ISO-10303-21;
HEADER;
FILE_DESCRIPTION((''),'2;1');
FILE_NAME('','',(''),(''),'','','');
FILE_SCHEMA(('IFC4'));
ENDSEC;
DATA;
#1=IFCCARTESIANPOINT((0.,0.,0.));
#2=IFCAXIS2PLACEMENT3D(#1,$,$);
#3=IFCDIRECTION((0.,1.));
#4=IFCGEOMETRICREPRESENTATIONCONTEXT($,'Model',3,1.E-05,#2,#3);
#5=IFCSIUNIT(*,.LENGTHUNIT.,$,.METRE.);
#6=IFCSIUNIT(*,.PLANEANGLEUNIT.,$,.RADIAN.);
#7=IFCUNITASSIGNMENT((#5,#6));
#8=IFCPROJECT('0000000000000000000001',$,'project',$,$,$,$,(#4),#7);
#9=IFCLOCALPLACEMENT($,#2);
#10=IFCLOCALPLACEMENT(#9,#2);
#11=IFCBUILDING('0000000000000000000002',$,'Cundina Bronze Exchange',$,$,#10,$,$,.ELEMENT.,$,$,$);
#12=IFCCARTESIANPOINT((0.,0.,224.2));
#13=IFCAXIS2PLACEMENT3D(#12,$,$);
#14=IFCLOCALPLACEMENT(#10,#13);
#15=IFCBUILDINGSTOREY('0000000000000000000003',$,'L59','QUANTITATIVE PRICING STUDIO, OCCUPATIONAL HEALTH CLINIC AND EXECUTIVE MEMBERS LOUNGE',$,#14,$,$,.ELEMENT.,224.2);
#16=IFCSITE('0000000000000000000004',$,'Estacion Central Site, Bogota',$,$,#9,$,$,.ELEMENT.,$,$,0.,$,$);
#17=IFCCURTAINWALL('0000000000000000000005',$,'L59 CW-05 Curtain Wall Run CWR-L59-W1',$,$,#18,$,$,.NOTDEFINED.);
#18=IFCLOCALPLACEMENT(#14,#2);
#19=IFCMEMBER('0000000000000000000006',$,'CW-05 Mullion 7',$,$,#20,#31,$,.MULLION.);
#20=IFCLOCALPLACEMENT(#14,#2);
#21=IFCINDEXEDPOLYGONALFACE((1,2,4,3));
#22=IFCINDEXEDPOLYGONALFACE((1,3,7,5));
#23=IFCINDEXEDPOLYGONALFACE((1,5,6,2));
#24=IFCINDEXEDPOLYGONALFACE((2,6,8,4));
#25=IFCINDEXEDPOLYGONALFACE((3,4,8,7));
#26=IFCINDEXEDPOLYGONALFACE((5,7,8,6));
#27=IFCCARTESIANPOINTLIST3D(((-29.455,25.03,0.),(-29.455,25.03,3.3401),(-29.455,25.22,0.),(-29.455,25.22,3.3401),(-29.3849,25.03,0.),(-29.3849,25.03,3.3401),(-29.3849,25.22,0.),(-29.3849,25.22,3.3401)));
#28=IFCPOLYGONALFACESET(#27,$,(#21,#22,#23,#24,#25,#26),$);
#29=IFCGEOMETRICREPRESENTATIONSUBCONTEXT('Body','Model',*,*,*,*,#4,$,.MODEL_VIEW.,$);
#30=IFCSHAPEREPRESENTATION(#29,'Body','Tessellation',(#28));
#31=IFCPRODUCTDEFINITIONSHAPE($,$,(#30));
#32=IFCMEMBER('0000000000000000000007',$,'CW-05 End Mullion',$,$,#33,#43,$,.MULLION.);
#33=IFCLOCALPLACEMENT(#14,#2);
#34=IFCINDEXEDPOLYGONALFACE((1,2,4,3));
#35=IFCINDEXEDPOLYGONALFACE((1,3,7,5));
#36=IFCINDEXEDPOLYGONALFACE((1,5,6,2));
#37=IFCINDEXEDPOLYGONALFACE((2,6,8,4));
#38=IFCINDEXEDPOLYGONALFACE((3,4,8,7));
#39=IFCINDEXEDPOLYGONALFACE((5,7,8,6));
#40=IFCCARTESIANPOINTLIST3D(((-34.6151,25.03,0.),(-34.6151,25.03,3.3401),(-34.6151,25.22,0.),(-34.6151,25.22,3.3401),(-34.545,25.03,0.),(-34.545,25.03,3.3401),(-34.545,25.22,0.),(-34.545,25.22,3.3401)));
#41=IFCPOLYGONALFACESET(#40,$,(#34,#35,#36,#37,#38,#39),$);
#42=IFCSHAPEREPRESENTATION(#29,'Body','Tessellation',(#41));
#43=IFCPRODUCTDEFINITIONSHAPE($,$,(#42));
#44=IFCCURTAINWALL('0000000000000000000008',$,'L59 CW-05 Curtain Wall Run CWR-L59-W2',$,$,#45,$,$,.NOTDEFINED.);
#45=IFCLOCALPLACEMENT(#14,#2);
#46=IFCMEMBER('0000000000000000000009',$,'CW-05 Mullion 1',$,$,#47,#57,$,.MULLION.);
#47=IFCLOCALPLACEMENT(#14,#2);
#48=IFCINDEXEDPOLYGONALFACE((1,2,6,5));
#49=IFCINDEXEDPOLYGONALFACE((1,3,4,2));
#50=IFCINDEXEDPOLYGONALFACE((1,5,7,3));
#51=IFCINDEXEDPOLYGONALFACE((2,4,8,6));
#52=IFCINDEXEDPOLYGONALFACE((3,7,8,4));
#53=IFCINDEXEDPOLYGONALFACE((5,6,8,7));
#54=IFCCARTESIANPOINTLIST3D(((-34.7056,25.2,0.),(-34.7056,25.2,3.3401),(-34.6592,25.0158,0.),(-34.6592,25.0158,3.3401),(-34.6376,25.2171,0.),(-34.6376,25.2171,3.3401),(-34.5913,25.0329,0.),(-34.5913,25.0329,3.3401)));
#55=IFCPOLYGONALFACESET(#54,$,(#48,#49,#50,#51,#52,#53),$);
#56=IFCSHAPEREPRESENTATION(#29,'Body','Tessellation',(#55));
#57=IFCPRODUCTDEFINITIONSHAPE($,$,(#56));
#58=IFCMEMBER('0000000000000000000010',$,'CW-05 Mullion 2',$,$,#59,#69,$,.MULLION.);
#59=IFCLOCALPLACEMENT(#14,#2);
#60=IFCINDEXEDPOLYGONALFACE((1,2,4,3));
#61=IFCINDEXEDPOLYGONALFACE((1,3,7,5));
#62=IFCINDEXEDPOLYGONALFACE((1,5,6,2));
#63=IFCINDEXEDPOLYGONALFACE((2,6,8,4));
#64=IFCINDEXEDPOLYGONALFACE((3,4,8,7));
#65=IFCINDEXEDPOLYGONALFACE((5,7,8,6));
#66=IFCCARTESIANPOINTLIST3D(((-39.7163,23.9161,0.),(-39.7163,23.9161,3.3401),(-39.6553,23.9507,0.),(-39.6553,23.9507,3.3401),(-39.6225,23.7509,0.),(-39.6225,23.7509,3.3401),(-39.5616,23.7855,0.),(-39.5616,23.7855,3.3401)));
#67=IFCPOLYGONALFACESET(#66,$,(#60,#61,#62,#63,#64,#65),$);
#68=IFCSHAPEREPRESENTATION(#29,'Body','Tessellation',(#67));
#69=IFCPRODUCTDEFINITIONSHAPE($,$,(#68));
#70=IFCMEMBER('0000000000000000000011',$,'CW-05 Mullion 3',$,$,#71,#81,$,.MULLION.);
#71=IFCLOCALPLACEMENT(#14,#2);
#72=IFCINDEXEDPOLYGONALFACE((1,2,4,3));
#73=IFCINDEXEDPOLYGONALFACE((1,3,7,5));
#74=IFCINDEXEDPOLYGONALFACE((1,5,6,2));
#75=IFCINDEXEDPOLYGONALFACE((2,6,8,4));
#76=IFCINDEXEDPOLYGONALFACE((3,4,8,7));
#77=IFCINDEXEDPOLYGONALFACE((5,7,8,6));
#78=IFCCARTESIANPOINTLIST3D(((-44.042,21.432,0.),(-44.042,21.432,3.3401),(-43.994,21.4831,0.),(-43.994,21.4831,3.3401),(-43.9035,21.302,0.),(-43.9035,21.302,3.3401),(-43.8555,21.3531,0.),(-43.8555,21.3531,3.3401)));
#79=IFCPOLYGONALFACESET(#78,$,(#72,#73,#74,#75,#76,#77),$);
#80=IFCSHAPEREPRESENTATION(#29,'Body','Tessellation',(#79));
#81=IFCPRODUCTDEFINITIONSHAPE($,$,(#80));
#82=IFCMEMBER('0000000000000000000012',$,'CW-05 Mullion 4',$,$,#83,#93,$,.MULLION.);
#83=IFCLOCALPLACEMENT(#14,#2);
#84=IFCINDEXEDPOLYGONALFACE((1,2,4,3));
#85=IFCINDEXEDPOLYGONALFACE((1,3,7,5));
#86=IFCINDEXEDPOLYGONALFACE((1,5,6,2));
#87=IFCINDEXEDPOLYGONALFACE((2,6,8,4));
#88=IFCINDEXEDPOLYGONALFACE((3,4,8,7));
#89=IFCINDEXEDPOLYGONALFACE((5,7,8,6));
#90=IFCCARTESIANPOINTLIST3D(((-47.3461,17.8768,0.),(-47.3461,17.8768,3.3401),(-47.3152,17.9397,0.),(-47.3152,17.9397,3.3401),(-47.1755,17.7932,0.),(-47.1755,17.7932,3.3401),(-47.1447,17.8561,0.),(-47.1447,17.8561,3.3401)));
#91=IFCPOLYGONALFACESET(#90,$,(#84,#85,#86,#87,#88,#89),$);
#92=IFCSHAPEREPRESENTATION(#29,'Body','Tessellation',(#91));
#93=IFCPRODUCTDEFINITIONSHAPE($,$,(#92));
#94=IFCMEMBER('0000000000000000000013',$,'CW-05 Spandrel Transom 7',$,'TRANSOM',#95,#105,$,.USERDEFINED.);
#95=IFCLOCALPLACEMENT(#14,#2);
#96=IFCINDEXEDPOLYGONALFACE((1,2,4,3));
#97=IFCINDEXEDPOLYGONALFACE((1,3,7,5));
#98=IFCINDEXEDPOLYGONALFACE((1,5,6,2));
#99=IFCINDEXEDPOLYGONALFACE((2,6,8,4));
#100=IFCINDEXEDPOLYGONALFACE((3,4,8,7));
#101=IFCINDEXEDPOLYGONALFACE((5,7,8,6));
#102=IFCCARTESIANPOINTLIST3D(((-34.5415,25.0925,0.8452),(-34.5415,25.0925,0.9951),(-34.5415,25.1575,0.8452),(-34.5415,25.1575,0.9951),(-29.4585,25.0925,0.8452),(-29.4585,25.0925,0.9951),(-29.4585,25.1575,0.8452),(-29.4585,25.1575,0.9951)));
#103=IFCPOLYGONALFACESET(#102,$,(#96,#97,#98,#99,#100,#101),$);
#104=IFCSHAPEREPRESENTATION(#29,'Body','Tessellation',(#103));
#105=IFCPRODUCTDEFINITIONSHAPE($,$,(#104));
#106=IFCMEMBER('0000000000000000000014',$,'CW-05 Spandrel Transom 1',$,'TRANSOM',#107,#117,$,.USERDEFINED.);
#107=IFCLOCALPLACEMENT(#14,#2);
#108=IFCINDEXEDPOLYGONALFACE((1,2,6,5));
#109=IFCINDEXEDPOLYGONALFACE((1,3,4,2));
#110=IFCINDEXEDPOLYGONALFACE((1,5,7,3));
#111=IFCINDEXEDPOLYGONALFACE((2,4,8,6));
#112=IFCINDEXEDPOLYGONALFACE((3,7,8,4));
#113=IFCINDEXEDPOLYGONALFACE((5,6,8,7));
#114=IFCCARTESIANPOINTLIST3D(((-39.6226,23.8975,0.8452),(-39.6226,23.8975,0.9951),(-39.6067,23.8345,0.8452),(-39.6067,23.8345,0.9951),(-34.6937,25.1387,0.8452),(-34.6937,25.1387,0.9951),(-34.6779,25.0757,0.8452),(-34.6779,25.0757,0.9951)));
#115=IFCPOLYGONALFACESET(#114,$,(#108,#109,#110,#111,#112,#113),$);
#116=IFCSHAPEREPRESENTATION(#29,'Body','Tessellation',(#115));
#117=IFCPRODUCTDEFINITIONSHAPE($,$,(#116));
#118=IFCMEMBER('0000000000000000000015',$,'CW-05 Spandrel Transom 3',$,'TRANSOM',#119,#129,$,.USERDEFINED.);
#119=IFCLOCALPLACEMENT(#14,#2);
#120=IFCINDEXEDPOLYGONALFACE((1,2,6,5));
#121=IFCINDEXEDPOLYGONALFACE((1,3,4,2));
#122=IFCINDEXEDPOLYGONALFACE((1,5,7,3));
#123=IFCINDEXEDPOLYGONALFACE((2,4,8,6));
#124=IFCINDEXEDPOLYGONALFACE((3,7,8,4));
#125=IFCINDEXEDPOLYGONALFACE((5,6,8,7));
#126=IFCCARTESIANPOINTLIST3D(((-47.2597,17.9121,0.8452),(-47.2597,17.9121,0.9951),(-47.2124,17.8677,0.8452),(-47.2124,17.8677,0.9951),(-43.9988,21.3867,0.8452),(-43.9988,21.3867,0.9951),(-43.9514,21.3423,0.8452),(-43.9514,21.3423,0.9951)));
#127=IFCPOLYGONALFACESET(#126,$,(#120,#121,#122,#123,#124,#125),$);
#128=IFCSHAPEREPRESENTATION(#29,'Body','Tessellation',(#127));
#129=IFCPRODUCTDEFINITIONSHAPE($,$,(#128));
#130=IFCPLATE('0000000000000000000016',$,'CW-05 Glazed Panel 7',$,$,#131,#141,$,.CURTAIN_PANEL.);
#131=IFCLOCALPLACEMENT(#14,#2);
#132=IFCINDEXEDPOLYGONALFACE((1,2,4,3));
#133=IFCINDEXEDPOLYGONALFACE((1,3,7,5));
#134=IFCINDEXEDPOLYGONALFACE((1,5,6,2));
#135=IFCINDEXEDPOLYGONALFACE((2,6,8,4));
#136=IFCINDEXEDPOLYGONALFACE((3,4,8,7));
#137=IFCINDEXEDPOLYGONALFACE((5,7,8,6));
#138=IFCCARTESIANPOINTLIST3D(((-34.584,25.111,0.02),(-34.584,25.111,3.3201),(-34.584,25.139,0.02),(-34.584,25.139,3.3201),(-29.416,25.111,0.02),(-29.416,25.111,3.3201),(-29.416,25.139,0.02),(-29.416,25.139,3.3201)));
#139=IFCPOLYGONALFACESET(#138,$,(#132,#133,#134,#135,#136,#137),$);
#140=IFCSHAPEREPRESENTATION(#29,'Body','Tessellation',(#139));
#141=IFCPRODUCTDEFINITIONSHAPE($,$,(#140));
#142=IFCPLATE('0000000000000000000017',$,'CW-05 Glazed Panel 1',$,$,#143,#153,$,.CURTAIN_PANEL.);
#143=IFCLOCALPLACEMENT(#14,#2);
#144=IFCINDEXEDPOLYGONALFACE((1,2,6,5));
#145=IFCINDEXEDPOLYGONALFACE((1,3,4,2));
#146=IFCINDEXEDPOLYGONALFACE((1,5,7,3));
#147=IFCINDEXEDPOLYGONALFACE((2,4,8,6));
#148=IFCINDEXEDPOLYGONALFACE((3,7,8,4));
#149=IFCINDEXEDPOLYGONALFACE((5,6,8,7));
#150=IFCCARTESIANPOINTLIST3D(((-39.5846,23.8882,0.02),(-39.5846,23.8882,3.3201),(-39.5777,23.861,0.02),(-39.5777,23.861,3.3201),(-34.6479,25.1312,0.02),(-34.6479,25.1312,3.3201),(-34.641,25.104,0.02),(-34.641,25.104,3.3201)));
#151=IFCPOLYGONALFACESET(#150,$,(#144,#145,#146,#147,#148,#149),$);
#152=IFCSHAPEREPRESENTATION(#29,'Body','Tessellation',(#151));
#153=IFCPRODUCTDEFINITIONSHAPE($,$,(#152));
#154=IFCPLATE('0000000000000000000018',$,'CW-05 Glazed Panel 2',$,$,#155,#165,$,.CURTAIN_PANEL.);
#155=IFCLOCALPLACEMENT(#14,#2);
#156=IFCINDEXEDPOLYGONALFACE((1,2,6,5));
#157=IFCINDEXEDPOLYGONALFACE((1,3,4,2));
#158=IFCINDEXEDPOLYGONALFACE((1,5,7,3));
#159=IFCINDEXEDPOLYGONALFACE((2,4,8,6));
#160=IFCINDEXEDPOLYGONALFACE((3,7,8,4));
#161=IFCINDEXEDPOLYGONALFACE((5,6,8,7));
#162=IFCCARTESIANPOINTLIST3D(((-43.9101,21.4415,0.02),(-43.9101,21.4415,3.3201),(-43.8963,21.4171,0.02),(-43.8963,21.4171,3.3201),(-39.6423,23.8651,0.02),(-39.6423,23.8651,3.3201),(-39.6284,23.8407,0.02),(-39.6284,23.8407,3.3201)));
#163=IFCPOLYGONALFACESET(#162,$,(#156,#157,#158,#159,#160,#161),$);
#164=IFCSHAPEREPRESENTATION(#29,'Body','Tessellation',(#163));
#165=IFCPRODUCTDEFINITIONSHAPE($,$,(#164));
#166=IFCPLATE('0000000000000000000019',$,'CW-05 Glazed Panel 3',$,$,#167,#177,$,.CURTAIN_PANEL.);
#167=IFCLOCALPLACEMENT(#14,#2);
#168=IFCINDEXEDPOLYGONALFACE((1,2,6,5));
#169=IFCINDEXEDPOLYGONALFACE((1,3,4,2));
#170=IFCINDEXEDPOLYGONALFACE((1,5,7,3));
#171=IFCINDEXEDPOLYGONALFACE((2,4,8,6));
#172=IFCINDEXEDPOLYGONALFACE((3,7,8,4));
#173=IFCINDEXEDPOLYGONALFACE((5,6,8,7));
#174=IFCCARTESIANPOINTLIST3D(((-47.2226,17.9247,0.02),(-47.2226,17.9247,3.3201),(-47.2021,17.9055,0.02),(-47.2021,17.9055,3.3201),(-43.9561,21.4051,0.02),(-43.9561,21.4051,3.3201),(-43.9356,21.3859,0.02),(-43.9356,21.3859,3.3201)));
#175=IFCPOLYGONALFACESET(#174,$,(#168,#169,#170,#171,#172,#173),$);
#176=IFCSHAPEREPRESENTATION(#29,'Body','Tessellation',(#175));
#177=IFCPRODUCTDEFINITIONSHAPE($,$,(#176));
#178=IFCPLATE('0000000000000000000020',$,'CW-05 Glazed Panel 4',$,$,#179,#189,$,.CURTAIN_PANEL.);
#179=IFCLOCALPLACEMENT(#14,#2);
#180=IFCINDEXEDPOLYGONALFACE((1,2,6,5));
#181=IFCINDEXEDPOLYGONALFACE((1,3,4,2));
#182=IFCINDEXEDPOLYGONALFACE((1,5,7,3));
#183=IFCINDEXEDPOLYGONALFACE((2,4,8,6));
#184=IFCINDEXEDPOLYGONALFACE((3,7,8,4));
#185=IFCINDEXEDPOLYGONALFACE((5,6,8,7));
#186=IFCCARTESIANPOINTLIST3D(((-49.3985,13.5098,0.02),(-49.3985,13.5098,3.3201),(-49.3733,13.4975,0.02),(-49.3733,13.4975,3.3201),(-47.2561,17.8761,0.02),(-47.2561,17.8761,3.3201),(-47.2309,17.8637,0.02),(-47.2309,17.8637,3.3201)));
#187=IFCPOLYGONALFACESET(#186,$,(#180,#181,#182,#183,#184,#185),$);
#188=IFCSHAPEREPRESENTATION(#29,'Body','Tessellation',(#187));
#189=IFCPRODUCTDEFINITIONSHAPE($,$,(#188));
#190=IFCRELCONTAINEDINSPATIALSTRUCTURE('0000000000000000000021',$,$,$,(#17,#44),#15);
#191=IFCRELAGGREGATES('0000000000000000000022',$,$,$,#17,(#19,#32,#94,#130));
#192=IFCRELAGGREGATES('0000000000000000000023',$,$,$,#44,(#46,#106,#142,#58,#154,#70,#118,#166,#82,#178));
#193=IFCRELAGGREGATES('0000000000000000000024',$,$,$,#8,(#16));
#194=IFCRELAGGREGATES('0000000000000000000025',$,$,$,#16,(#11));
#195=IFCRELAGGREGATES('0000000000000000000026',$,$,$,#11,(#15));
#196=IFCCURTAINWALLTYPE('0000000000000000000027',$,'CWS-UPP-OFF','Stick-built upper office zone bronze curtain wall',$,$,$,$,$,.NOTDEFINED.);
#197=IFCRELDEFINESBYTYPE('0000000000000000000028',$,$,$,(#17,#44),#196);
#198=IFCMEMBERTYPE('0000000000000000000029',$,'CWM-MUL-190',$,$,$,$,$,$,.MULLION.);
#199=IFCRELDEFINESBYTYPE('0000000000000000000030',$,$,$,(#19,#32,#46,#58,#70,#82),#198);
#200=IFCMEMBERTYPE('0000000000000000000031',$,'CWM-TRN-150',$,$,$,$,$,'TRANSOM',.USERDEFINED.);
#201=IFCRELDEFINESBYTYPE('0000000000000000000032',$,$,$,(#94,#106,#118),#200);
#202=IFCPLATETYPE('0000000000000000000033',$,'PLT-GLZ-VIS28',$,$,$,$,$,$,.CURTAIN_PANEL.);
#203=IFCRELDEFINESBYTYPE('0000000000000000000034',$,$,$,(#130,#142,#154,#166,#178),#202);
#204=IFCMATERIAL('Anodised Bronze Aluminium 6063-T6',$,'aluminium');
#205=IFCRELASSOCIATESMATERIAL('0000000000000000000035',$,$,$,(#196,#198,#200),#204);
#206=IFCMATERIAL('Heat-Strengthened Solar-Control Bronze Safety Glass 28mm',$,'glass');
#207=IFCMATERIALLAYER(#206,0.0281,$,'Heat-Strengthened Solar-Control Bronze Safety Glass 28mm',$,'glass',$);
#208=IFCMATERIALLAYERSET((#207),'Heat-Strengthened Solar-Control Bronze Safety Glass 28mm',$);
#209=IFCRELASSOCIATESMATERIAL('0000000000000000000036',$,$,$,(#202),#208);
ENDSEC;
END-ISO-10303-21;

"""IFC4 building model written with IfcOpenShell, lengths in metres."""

from ifc_helpers import new_model, si_unit, direction, frame, origin, origin_2d, place, context, subcontext, project, spatial, rectangle, extrude, material, layer, layer_set, material_profile, profile_set, type_object, element, aggregate, save


model = new_model("IFC4")

# Units and contexts
model_context = context("Model", 3, precision=1e-05, world=origin(), true_north=direction((0.0, 1.0)))
body_context = subcontext(model_context, "Body", "Model", "MODEL_VIEW")
ifc_project = project(units=[si_unit("LENGTHUNIT", "METRE"), si_unit("PLANEANGLEUNIT", "RADIAN")], contexts=[model_context])

# Site, building, storey
site_placement = place(None, origin())
site = spatial("IfcSite", under=ifc_project, at=site_placement, Name="Estacion Central Site, Bogota", CompositionType="ELEMENT", RefElevation=0.0)
building_placement = place(site_placement, origin())
building = spatial("IfcBuilding", under=site, at=building_placement, Name="Cundina Bronze Exchange", CompositionType="ELEMENT")
storey_placement = place(building_placement, frame((0.0, 0.0, 224.2)))
storey = spatial("IfcBuildingStorey", under=building, at=storey_placement, Name="L59", Description="QUANTITATIVE PRICING STUDIO, OCCUPATIONAL HEALTH CLINIC AND EXECUTIVE MEMBERS LOUNGE", CompositionType="ELEMENT", Elevation=224.2)

# Curtain walls, members
ifc_material_1 = material(Name="Anodised Bronze Aluminium 6063-T6", Category="aluminium")
curtain_wall_type = type_object("IfcCurtainWallType", Name="CWS-UPP-OFF", Description="Stick-built upper office zone bronze curtain wall", PredefinedType="NOTDEFINED", material=ifc_material_1)
curtain_wall_1_placement = place(storey_placement, origin())
curtain_wall_1 = element("IfcCurtainWall", 1, at=curtain_wall_1_placement, inside=storey, type_object=curtain_wall_type, Name="L59 CW-05 Curtain Wall Run CWR-L59-W1", PredefinedType="NOTDEFINED")
ifc_material_profile_1 = material_profile(ifc_material_1, rectangle(XDim=0.0701, YDim=0.1899, at=origin_2d()), Name="AL70X190", Category="aluminium")
ifc_profile_set_1 = profile_set([ifc_material_profile_1], Name="Anodised Bronze Aluminium 6063-T6")
member_type_1 = type_object("IfcMemberType", Name="CWM-MUL-190", PredefinedType="MULLION", material=ifc_profile_set_1)
member_1_placement = place(storey_placement, frame((-29.4199, 25.125, 0.0), z_axis=(0.0, 0.0, 1.0), x_axis=(-1.0, 0.0, 0.0)))
member_1 = element("IfcMember", 2, at=member_1_placement, type_object=member_type_1, Name="CW-05 Mullion 7", PredefinedType="MULLION", context=body_context, shape_type="SweptSolid", body=[
    extrude(rectangle(XDim=0.0701, YDim=0.1899, at=origin_2d()), origin(), (0.0, 0.0, 1.0), 3.3401),
])
member_2_placement = place(storey_placement, frame((-34.5801, 25.125, 0.0), z_axis=(0.0, 0.0, 1.0), x_axis=(-1.0, 0.0, 0.0)))
member_2 = element("IfcMember", 3, at=member_2_placement, type_object=member_type_1, Name="CW-05 End Mullion", PredefinedType="MULLION", context=body_context, shape_type="SweptSolid", body=[
    extrude(rectangle(XDim=0.0701, YDim=0.1899, at=origin_2d()), origin(), (0.0, 0.0, 1.0), 3.3401),
])
curtain_wall_2_placement = place(storey_placement, origin())
curtain_wall_2 = element("IfcCurtainWall", 4, at=curtain_wall_2_placement, inside=storey, type_object=curtain_wall_type, Name="L59 CW-05 Curtain Wall Run CWR-L59-W2", PredefinedType="NOTDEFINED")
member_3_placement = place(storey_placement, frame((-34.6484, 25.1165, 0.0), z_axis=(0.0, 0.0, 1.0), x_axis=(-0.969744, -0.244123, 0.0)))
member_3 = element("IfcMember", 5, at=member_3_placement, type_object=member_type_1, Name="CW-05 Mullion 1", PredefinedType="MULLION", context=body_context, shape_type="SweptSolid", body=[
    extrude(rectangle(XDim=0.0701, YDim=0.1899, at=origin_2d()), origin(), (0.0, 0.0, 1.0), 3.3401),
])
member_4_placement = place(storey_placement, frame((-39.6389, 23.8508, 0.0), z_axis=(0.0, 0.0, 1.0), x_axis=(-0.869581, -0.49379, 0.0)))
member_4 = element("IfcMember", 6, at=member_4_placement, type_object=member_type_1, Name="CW-05 Mullion 2", PredefinedType="MULLION", context=body_context, shape_type="SweptSolid", body=[
    extrude(rectangle(XDim=0.0701, YDim=0.1899, at=origin_2d()), origin(), (0.0, 0.0, 1.0), 3.3401),
])
member_5_placement = place(storey_placement, frame((-43.9487, 21.3926, 0.0), z_axis=(0.0, 0.0, 1.0), x_axis=(-0.684293, -0.729208, 0.0)))
member_5 = element("IfcMember", 7, at=member_5_placement, type_object=member_type_1, Name="CW-05 Mullion 3", PredefinedType="MULLION", context=body_context, shape_type="SweptSolid", body=[
    extrude(rectangle(XDim=0.0701, YDim=0.1899, at=origin_2d()), origin(), (0.0, 0.0, 1.0), 3.3401),
])
member_6_placement = place(storey_placement, frame((-47.2454, 17.8665, 0.0), z_axis=(0.0, 0.0, 1.0), x_axis=(-0.440566, -0.89772, 0.0)))
member_6 = element("IfcMember", 8, at=member_6_placement, type_object=member_type_1, Name="CW-05 Mullion 4", PredefinedType="MULLION", context=body_context, shape_type="SweptSolid", body=[
    extrude(rectangle(XDim=0.0701, YDim=0.1899, at=origin_2d()), origin(), (0.0, 0.0, 1.0), 3.3401),
])

# Members
ifc_material_profile_2 = material_profile(ifc_material_1, rectangle(XDim=0.0649, YDim=0.1499, at=origin_2d()), Name="AL65X150", Category="aluminium")
ifc_profile_set_2 = profile_set([ifc_material_profile_2], Name="Anodised Bronze Aluminium 6063-T6")
member_type_2 = type_object("IfcMemberType", Name="CWM-TRN-150", ElementType="TRANSOM", PredefinedType="USERDEFINED", material=ifc_profile_set_2)
member_7_placement = place(storey_placement, frame((-29.4585, 25.125, 0.9202), z_axis=(-1.0, 0.0, 0.0), x_axis=(0.0, -1.0, 0.0)))
member_7 = element("IfcMember", 9, at=member_7_placement, type_object=member_type_2, Name="CW-05 Spandrel Transom 7", ObjectType="TRANSOM", PredefinedType="USERDEFINED", context=body_context, shape_type="SweptSolid", body=[
    extrude(rectangle(XDim=0.0649, YDim=0.1499, at=origin_2d()), origin(), (0.0, 0.0, 1.0), 5.083),
])
member_8_placement = place(storey_placement, frame((-34.6858, 25.1072, 0.9202), z_axis=(-0.969726, -0.244197, 0.0), x_axis=(0.244197, -0.969726, 0.0)))
member_8 = element("IfcMember", 10, at=member_8_placement, type_object=member_type_2, Name="CW-05 Spandrel Transom 1", ObjectType="TRANSOM", PredefinedType="USERDEFINED", context=body_context, shape_type="SweptSolid", body=[
    extrude(rectangle(XDim=0.0649, YDim=0.1499, at=origin_2d()), origin(), (0.0, 0.0, 1.0), 5.0828),
])
member_9_placement = place(storey_placement, frame((-43.9751, 21.3645, 0.9202), z_axis=(-0.684336, -0.729166, 0.0), x_axis=(0.729166, -0.684336, 0.0)))
member_9 = element("IfcMember", 11, at=member_9_placement, type_object=member_type_2, Name="CW-05 Spandrel Transom 3", ObjectType="TRANSOM", PredefinedType="USERDEFINED", context=body_context, shape_type="SweptSolid", body=[
    extrude(rectangle(XDim=0.0649, YDim=0.1499, at=origin_2d()), origin(), (0.0, 0.0, 1.0), 4.7651),
])

# Plates
ifc_material_2 = material(Name="Heat-Strengthened Solar-Control Bronze Safety Glass 28mm", Category="glass")
ifc_layer_1 = layer(ifc_material_2, 0.0281, Name="Heat-Strengthened Solar-Control Bronze Safety Glass 28mm", Category="glass")
ifc_layer_set_1 = layer_set([ifc_layer_1], Name="Heat-Strengthened Solar-Control Bronze Safety Glass 28mm")
plate_type = type_object("IfcPlateType", Name="PLT-GLZ-VIS28", PredefinedType="CURTAIN_PANEL", material=ifc_layer_set_1)
plate_1_placement = place(storey_placement, frame((-32.0, 25.125, 0.02), z_axis=(0.0, 0.0, 1.0), x_axis=(-1.0, 0.0, 0.0)))
plate_1 = element("IfcPlate", 12, at=plate_1_placement, type_object=plate_type, Name="CW-05 Glazed Panel 7", PredefinedType="CURTAIN_PANEL", context=body_context, shape_type="SweptSolid", body=[
    extrude(rectangle(XDim=5.168, YDim=0.0281, at=origin_2d()), origin(), (0.0, 0.0, 1.0), 3.3),
])
aggregate(curtain_wall_1, [member_1, member_2, member_7, plate_1])
plate_2_placement = place(storey_placement, frame((-37.1128, 24.4961, 0.02), z_axis=(0.0, 0.0, 1.0), x_axis=(-0.969732, -0.244174, 0.0)))
plate_2 = element("IfcPlate", 13, at=plate_2_placement, type_object=plate_type, Name="CW-05 Glazed Panel 1", PredefinedType="CURTAIN_PANEL", context=body_context, shape_type="SweptSolid", body=[
    extrude(rectangle(XDim=5.0908, YDim=0.0281, at=origin_2d()), origin(), (0.0, 0.0, 1.0), 3.3),
])
plate_3_placement = place(storey_placement, frame((-41.7693, 22.6411, 0.02), z_axis=(0.0, 0.0, 1.0), x_axis=(-0.869573, -0.493805, 0.0)))
plate_3 = element("IfcPlate", 14, at=plate_3_placement, type_object=plate_type, Name="CW-05 Glazed Panel 2", PredefinedType="CURTAIN_PANEL", context=body_context, shape_type="SweptSolid", body=[
    extrude(rectangle(XDim=4.908, YDim=0.0281, at=origin_2d()), origin(), (0.0, 0.0, 1.0), 3.3),
])
plate_4_placement = place(storey_placement, frame((-45.5791, 19.6553, 0.02), z_axis=(0.0, 0.0, 1.0), x_axis=(-0.684344, -0.72916, 0.0)))
plate_4 = element("IfcPlate", 15, at=plate_4_placement, type_object=plate_type, Name="CW-05 Glazed Panel 3", PredefinedType="CURTAIN_PANEL", context=body_context, shape_type="SweptSolid", body=[
    extrude(rectangle(XDim=4.7732, YDim=0.0281, at=origin_2d()), origin(), (0.0, 0.0, 1.0), 3.3),
])
plate_5_placement = place(storey_placement, frame((-48.3147, 15.6868, 0.02), z_axis=(0.0, 0.0, 1.0), x_axis=(-0.440503, -0.897751, 0.0)))
plate_5 = element("IfcPlate", 16, at=plate_5_placement, type_object=plate_type, Name="CW-05 Glazed Panel 4", PredefinedType="CURTAIN_PANEL", context=body_context, shape_type="SweptSolid", body=[
    extrude(rectangle(XDim=4.8635, YDim=0.0281, at=origin_2d()), origin(), (0.0, 0.0, 1.0), 3.3),
])
aggregate(curtain_wall_2, [member_3, member_8, plate_2, member_4, plate_3, member_5, member_9, plate_4, member_6, plate_5])

save(model, "model.ifc")
